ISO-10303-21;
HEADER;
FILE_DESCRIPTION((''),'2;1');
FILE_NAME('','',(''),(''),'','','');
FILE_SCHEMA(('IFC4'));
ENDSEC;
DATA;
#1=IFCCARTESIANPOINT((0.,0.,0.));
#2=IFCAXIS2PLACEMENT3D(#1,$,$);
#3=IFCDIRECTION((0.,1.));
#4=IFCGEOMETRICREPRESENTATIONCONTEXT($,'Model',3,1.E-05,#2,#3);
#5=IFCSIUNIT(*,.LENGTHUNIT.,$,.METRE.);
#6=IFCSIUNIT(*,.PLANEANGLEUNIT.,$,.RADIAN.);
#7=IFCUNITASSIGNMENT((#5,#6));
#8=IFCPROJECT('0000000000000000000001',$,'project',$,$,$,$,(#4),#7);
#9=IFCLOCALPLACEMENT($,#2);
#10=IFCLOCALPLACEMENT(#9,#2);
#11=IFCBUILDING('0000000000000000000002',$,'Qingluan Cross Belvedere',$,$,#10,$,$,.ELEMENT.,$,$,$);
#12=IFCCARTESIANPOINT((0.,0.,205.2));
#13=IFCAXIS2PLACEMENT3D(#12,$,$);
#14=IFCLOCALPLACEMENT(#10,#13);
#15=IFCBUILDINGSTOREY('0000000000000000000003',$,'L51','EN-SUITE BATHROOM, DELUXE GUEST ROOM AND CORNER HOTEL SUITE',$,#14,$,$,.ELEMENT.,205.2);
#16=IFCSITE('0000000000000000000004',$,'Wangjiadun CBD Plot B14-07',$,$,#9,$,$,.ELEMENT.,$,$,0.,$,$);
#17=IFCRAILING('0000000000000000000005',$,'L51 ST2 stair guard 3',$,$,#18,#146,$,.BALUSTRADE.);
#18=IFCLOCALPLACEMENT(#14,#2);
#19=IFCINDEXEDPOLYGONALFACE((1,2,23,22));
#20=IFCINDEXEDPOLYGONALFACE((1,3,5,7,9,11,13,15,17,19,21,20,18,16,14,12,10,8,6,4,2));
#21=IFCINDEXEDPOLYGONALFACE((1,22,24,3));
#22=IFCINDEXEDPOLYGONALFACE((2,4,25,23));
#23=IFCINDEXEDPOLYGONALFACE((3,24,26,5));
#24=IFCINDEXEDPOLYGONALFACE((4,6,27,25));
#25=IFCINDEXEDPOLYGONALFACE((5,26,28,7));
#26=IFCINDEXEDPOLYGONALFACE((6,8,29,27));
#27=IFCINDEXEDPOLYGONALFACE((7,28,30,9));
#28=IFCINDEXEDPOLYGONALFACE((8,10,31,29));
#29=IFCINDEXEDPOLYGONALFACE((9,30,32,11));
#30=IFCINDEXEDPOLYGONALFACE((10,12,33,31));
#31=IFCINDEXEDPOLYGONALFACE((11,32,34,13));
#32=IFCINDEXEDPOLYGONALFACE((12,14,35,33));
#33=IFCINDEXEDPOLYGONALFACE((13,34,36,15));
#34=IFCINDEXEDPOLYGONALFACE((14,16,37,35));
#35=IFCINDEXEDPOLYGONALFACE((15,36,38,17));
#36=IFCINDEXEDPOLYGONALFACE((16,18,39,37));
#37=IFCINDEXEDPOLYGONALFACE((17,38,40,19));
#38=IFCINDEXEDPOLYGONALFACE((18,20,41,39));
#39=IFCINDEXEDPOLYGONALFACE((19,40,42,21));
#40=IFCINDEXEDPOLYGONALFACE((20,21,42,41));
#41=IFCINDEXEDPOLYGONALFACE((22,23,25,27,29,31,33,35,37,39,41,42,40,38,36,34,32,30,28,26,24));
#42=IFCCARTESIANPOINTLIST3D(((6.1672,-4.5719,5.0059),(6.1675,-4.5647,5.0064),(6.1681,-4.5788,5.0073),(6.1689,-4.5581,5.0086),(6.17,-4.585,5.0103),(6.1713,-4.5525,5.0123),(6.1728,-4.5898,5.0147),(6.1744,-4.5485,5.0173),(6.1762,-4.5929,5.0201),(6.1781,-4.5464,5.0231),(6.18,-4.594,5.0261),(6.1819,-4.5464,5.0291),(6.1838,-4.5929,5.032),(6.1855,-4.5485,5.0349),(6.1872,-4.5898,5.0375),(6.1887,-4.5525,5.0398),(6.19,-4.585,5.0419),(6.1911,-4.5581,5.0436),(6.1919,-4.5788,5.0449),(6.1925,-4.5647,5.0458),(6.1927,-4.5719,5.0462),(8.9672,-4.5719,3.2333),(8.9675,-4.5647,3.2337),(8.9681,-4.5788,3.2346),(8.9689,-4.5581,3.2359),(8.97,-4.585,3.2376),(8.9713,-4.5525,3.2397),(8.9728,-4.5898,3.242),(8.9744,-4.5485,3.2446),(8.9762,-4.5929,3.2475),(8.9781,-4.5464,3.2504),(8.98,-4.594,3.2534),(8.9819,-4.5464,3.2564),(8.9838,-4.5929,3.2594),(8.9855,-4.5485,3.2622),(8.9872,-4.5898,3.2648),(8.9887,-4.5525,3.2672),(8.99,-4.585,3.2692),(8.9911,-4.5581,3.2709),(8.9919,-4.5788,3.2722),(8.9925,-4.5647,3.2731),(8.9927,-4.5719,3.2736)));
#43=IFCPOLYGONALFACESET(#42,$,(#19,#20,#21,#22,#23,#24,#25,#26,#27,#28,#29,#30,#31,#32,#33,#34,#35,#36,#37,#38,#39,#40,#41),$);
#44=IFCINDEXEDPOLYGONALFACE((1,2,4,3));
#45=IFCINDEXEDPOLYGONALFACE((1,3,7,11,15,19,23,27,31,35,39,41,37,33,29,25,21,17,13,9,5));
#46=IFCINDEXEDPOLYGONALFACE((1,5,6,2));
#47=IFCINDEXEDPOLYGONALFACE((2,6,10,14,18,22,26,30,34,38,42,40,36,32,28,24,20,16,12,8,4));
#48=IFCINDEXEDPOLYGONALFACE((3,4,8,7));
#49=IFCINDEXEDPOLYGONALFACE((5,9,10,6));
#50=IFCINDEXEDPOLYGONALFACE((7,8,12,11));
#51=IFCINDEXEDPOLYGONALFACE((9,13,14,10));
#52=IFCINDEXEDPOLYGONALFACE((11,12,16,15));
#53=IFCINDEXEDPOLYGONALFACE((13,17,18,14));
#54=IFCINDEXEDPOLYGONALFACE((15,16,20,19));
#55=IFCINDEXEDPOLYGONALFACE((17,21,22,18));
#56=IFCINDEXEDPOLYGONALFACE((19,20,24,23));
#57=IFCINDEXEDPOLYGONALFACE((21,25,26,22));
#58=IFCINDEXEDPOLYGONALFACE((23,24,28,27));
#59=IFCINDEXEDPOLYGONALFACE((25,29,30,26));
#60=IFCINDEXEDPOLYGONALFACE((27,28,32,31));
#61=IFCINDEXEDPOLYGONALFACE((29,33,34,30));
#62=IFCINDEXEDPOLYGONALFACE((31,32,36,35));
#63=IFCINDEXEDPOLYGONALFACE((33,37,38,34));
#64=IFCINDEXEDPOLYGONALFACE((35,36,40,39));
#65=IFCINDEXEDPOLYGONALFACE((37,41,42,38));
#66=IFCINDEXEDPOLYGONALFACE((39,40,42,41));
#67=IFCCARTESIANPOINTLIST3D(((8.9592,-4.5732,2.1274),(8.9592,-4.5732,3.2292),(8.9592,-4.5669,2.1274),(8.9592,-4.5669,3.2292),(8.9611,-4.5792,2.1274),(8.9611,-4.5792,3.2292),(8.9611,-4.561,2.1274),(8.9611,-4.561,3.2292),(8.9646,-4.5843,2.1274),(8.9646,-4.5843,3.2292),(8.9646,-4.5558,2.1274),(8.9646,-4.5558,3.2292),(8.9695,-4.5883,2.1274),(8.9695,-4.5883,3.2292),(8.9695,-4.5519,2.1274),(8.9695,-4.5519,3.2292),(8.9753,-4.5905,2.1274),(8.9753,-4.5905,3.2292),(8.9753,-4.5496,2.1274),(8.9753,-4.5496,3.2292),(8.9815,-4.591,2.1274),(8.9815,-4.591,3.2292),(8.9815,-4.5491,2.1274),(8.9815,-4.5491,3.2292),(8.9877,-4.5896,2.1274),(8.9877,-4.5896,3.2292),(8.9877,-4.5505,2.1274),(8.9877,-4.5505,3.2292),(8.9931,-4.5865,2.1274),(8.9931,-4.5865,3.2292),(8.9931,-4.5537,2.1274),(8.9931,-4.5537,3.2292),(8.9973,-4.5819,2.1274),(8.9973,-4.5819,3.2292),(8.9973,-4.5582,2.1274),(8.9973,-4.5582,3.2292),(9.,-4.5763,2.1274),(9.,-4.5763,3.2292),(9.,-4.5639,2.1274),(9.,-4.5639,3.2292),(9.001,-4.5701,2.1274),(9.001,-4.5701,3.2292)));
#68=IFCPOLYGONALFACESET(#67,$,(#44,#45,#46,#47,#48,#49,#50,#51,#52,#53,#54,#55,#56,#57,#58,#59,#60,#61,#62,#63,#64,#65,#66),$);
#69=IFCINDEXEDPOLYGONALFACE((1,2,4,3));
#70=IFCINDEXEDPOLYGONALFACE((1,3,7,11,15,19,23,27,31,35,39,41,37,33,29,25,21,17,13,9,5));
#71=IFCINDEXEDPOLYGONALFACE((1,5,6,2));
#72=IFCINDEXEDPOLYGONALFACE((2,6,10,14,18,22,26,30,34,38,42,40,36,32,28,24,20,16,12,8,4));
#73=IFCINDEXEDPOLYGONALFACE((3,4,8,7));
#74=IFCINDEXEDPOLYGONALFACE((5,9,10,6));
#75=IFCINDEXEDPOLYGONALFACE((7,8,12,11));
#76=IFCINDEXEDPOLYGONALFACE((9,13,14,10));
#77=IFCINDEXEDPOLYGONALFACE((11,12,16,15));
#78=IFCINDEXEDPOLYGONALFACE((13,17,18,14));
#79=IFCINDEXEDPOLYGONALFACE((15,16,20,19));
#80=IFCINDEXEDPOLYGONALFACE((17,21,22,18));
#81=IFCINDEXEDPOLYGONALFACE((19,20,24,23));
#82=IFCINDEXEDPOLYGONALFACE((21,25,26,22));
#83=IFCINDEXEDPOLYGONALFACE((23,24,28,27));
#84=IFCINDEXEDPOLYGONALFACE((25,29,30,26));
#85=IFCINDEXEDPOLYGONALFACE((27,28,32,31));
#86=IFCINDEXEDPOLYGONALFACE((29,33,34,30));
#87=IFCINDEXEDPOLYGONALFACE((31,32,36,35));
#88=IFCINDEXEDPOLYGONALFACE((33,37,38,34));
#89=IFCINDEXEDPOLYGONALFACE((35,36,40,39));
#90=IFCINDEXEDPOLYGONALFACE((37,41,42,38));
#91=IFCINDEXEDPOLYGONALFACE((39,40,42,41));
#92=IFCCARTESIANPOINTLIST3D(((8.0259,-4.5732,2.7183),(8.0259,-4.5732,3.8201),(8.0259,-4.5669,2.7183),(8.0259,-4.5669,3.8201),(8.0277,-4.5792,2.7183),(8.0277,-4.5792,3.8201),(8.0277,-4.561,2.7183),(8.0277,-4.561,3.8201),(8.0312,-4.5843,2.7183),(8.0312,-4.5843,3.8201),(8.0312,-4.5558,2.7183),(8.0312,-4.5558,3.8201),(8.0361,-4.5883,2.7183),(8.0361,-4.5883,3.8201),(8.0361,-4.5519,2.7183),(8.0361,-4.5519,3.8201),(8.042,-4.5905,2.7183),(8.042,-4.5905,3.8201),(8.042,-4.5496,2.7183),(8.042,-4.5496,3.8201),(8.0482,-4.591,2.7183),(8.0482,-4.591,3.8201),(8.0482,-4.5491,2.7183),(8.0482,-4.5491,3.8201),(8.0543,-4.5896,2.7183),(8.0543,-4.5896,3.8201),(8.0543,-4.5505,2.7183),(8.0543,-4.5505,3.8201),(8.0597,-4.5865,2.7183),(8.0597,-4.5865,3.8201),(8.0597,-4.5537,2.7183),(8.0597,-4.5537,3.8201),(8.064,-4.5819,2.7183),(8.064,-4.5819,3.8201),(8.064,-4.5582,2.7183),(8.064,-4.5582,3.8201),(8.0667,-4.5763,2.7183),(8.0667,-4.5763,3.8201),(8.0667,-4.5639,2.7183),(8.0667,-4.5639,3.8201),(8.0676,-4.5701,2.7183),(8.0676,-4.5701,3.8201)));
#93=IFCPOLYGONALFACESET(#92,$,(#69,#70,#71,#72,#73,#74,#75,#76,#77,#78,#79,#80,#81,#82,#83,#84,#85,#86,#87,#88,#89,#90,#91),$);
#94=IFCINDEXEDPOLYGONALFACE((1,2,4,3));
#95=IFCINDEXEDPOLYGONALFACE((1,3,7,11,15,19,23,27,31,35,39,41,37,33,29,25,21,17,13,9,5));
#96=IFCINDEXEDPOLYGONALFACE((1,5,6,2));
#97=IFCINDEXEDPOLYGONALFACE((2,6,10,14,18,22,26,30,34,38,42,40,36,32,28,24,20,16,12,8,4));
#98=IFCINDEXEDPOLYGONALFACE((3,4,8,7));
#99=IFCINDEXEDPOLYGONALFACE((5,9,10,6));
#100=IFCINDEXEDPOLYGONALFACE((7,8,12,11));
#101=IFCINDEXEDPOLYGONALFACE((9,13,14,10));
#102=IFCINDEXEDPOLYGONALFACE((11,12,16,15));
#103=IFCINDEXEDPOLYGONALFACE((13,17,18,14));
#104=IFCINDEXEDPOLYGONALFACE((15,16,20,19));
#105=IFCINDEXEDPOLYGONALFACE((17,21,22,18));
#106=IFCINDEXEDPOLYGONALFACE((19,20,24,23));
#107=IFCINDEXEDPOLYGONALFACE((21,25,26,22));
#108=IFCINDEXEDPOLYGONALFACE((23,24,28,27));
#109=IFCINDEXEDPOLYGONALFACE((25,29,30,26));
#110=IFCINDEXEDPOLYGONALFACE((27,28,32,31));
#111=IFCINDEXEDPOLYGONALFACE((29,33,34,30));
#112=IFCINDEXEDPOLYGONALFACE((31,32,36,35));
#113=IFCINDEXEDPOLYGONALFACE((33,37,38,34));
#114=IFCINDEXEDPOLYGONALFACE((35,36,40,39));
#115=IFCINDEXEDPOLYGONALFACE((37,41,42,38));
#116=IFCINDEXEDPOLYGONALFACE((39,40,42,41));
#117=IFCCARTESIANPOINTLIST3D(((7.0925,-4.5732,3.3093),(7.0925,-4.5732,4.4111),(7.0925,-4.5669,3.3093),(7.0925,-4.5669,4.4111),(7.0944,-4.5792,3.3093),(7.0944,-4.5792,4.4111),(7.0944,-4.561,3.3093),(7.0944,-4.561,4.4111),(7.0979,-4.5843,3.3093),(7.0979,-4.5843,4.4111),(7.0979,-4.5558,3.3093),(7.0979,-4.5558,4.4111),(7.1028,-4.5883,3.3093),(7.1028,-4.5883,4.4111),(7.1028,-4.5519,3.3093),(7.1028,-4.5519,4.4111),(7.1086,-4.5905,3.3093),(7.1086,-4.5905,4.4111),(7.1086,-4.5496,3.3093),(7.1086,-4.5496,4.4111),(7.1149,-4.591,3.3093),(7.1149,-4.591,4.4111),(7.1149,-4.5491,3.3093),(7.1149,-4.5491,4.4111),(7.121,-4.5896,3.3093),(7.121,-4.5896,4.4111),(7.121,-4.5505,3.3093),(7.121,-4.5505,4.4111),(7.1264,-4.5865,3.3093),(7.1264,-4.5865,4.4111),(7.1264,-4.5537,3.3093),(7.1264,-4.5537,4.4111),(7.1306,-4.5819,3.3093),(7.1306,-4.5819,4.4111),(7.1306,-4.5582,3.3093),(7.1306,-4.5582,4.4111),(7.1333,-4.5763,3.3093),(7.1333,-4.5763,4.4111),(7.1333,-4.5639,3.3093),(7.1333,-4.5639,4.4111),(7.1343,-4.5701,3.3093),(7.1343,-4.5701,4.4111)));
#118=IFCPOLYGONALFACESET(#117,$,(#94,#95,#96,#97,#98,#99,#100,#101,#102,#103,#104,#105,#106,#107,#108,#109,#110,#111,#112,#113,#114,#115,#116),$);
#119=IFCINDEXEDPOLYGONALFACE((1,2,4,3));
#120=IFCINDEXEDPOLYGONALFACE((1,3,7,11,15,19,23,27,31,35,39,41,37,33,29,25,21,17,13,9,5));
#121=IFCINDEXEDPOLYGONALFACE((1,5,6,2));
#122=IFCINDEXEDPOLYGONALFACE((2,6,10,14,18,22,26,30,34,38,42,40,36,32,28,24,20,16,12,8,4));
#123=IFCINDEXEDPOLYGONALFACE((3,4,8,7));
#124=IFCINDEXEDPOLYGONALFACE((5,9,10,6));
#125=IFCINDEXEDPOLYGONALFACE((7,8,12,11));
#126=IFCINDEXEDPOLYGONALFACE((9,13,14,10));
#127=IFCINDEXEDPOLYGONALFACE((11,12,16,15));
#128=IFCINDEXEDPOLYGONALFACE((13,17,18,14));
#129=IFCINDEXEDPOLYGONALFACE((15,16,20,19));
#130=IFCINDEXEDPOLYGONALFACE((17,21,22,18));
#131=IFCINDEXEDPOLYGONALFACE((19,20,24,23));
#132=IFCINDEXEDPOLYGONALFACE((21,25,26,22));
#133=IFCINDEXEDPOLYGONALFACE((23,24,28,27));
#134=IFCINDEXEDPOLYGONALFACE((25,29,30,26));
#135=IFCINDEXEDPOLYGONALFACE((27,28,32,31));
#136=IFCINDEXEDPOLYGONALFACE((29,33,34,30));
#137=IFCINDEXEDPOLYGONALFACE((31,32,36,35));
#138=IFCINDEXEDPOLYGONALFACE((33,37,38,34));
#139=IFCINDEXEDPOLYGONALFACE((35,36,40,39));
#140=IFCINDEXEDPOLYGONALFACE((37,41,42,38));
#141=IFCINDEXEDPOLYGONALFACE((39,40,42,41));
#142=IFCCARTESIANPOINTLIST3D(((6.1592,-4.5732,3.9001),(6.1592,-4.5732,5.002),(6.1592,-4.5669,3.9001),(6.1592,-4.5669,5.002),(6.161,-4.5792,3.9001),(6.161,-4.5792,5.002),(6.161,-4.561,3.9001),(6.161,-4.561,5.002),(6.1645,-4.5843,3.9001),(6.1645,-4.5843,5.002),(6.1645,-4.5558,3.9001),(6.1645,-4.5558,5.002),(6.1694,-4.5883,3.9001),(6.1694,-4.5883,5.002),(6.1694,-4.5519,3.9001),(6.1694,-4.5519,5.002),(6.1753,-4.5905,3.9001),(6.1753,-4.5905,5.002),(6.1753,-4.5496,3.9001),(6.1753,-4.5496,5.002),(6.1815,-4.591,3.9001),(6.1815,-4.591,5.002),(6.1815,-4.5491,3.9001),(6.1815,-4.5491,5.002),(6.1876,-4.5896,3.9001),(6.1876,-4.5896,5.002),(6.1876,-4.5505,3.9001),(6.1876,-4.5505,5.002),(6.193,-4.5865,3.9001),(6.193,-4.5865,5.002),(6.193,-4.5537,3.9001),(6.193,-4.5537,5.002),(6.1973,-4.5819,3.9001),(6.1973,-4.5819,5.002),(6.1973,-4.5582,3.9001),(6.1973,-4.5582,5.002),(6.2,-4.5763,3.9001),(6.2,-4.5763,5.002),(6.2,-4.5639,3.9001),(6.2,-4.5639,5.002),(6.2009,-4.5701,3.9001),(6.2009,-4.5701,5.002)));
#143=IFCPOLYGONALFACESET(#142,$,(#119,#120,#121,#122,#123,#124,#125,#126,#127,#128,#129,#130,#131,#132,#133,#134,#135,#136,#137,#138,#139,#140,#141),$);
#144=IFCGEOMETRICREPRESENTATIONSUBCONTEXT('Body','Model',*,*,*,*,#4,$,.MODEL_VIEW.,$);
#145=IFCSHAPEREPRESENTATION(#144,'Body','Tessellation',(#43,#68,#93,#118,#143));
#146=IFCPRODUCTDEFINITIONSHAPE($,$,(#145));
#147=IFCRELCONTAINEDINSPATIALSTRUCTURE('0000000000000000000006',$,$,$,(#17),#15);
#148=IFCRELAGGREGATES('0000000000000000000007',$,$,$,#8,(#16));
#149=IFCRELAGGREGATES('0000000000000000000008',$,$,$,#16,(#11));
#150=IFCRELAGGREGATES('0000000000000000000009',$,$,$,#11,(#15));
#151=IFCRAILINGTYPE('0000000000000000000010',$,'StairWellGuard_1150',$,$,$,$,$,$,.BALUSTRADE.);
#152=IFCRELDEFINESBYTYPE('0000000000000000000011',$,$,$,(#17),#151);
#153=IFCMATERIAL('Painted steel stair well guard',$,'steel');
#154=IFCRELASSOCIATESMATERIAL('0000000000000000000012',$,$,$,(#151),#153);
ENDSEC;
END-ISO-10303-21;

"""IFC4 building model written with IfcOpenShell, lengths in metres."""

from ifc_helpers import new_model, si_unit, direction, frame, origin, origin_2d, place, context, subcontext, project, spatial, circle, extrude, material, type_object, element, save


model = new_model("IFC4")

# Units and contexts
model_context = context("Model", 3, precision=1e-05, world=origin(), true_north=direction((0.0, 1.0)))
body_context = subcontext(model_context, "Body", "Model", "MODEL_VIEW")
ifc_project = project(units=[si_unit("LENGTHUNIT", "METRE"), si_unit("PLANEANGLEUNIT", "RADIAN")], contexts=[model_context])

# Site, building, storey
site_placement = place(None, origin())
site = spatial("IfcSite", under=ifc_project, at=site_placement, Name="Wangjiadun CBD Plot B14-07", CompositionType="ELEMENT", RefElevation=0.0)
building_placement = place(site_placement, origin())
building = spatial("IfcBuilding", under=site, at=building_placement, Name="Qingluan Cross Belvedere", CompositionType="ELEMENT")
storey_placement = place(building_placement, frame((0.0, 0.0, 205.2)))
storey = spatial("IfcBuildingStorey", under=building, at=storey_placement, Name="L51", Description="EN-SUITE BATHROOM, DELUXE GUEST ROOM AND CORNER HOTEL SUITE", CompositionType="ELEMENT", Elevation=205.2)

# Railing
ifc_material_1 = material(Name="Painted steel stair well guard", Category="steel")
railing_type_1 = type_object("IfcRailingType", Name="StairWellGuard_1150", PredefinedType="BALUSTRADE", material=ifc_material_1)
railing_1_placement = place(storey_placement, frame((8.98, -4.5701, 2.1274)))
element("IfcRailing", 1, at=railing_1_placement, inside=storey, type_object=railing_type_1, Name="L51 ST2 stair guard 3", PredefinedType="BALUSTRADE", context=body_context, shape_type="SweptSolid", body=[
    extrude(circle(Radius=0.0239, at=origin_2d()), frame((0.0, 0.0, 1.126), z_axis=(-0.844909, 0.0, 0.53491), x_axis=(0.0, -1.0, 0.0)), (0.0, 0.0, 1.0), 3.314),
    extrude(circle(Radius=0.021, at=origin_2d()), origin(), (0.0, 0.0, 1.0), 1.1018),
    extrude(circle(Radius=0.021, at=origin_2d()), frame((-0.9333, 0.0, 0.5908)), (0.0, 0.0, 1.0), 1.1018),
    extrude(circle(Radius=0.021, at=origin_2d()), frame((-1.8667, 0.0, 1.1819)), (0.0, 0.0, 1.0), 1.1018),
    extrude(circle(Radius=0.021, at=origin_2d()), frame((-2.8, 0.0, 1.7727)), (0.0, 0.0, 1.0), 1.1018),
])

save(model, "model.ifc")
